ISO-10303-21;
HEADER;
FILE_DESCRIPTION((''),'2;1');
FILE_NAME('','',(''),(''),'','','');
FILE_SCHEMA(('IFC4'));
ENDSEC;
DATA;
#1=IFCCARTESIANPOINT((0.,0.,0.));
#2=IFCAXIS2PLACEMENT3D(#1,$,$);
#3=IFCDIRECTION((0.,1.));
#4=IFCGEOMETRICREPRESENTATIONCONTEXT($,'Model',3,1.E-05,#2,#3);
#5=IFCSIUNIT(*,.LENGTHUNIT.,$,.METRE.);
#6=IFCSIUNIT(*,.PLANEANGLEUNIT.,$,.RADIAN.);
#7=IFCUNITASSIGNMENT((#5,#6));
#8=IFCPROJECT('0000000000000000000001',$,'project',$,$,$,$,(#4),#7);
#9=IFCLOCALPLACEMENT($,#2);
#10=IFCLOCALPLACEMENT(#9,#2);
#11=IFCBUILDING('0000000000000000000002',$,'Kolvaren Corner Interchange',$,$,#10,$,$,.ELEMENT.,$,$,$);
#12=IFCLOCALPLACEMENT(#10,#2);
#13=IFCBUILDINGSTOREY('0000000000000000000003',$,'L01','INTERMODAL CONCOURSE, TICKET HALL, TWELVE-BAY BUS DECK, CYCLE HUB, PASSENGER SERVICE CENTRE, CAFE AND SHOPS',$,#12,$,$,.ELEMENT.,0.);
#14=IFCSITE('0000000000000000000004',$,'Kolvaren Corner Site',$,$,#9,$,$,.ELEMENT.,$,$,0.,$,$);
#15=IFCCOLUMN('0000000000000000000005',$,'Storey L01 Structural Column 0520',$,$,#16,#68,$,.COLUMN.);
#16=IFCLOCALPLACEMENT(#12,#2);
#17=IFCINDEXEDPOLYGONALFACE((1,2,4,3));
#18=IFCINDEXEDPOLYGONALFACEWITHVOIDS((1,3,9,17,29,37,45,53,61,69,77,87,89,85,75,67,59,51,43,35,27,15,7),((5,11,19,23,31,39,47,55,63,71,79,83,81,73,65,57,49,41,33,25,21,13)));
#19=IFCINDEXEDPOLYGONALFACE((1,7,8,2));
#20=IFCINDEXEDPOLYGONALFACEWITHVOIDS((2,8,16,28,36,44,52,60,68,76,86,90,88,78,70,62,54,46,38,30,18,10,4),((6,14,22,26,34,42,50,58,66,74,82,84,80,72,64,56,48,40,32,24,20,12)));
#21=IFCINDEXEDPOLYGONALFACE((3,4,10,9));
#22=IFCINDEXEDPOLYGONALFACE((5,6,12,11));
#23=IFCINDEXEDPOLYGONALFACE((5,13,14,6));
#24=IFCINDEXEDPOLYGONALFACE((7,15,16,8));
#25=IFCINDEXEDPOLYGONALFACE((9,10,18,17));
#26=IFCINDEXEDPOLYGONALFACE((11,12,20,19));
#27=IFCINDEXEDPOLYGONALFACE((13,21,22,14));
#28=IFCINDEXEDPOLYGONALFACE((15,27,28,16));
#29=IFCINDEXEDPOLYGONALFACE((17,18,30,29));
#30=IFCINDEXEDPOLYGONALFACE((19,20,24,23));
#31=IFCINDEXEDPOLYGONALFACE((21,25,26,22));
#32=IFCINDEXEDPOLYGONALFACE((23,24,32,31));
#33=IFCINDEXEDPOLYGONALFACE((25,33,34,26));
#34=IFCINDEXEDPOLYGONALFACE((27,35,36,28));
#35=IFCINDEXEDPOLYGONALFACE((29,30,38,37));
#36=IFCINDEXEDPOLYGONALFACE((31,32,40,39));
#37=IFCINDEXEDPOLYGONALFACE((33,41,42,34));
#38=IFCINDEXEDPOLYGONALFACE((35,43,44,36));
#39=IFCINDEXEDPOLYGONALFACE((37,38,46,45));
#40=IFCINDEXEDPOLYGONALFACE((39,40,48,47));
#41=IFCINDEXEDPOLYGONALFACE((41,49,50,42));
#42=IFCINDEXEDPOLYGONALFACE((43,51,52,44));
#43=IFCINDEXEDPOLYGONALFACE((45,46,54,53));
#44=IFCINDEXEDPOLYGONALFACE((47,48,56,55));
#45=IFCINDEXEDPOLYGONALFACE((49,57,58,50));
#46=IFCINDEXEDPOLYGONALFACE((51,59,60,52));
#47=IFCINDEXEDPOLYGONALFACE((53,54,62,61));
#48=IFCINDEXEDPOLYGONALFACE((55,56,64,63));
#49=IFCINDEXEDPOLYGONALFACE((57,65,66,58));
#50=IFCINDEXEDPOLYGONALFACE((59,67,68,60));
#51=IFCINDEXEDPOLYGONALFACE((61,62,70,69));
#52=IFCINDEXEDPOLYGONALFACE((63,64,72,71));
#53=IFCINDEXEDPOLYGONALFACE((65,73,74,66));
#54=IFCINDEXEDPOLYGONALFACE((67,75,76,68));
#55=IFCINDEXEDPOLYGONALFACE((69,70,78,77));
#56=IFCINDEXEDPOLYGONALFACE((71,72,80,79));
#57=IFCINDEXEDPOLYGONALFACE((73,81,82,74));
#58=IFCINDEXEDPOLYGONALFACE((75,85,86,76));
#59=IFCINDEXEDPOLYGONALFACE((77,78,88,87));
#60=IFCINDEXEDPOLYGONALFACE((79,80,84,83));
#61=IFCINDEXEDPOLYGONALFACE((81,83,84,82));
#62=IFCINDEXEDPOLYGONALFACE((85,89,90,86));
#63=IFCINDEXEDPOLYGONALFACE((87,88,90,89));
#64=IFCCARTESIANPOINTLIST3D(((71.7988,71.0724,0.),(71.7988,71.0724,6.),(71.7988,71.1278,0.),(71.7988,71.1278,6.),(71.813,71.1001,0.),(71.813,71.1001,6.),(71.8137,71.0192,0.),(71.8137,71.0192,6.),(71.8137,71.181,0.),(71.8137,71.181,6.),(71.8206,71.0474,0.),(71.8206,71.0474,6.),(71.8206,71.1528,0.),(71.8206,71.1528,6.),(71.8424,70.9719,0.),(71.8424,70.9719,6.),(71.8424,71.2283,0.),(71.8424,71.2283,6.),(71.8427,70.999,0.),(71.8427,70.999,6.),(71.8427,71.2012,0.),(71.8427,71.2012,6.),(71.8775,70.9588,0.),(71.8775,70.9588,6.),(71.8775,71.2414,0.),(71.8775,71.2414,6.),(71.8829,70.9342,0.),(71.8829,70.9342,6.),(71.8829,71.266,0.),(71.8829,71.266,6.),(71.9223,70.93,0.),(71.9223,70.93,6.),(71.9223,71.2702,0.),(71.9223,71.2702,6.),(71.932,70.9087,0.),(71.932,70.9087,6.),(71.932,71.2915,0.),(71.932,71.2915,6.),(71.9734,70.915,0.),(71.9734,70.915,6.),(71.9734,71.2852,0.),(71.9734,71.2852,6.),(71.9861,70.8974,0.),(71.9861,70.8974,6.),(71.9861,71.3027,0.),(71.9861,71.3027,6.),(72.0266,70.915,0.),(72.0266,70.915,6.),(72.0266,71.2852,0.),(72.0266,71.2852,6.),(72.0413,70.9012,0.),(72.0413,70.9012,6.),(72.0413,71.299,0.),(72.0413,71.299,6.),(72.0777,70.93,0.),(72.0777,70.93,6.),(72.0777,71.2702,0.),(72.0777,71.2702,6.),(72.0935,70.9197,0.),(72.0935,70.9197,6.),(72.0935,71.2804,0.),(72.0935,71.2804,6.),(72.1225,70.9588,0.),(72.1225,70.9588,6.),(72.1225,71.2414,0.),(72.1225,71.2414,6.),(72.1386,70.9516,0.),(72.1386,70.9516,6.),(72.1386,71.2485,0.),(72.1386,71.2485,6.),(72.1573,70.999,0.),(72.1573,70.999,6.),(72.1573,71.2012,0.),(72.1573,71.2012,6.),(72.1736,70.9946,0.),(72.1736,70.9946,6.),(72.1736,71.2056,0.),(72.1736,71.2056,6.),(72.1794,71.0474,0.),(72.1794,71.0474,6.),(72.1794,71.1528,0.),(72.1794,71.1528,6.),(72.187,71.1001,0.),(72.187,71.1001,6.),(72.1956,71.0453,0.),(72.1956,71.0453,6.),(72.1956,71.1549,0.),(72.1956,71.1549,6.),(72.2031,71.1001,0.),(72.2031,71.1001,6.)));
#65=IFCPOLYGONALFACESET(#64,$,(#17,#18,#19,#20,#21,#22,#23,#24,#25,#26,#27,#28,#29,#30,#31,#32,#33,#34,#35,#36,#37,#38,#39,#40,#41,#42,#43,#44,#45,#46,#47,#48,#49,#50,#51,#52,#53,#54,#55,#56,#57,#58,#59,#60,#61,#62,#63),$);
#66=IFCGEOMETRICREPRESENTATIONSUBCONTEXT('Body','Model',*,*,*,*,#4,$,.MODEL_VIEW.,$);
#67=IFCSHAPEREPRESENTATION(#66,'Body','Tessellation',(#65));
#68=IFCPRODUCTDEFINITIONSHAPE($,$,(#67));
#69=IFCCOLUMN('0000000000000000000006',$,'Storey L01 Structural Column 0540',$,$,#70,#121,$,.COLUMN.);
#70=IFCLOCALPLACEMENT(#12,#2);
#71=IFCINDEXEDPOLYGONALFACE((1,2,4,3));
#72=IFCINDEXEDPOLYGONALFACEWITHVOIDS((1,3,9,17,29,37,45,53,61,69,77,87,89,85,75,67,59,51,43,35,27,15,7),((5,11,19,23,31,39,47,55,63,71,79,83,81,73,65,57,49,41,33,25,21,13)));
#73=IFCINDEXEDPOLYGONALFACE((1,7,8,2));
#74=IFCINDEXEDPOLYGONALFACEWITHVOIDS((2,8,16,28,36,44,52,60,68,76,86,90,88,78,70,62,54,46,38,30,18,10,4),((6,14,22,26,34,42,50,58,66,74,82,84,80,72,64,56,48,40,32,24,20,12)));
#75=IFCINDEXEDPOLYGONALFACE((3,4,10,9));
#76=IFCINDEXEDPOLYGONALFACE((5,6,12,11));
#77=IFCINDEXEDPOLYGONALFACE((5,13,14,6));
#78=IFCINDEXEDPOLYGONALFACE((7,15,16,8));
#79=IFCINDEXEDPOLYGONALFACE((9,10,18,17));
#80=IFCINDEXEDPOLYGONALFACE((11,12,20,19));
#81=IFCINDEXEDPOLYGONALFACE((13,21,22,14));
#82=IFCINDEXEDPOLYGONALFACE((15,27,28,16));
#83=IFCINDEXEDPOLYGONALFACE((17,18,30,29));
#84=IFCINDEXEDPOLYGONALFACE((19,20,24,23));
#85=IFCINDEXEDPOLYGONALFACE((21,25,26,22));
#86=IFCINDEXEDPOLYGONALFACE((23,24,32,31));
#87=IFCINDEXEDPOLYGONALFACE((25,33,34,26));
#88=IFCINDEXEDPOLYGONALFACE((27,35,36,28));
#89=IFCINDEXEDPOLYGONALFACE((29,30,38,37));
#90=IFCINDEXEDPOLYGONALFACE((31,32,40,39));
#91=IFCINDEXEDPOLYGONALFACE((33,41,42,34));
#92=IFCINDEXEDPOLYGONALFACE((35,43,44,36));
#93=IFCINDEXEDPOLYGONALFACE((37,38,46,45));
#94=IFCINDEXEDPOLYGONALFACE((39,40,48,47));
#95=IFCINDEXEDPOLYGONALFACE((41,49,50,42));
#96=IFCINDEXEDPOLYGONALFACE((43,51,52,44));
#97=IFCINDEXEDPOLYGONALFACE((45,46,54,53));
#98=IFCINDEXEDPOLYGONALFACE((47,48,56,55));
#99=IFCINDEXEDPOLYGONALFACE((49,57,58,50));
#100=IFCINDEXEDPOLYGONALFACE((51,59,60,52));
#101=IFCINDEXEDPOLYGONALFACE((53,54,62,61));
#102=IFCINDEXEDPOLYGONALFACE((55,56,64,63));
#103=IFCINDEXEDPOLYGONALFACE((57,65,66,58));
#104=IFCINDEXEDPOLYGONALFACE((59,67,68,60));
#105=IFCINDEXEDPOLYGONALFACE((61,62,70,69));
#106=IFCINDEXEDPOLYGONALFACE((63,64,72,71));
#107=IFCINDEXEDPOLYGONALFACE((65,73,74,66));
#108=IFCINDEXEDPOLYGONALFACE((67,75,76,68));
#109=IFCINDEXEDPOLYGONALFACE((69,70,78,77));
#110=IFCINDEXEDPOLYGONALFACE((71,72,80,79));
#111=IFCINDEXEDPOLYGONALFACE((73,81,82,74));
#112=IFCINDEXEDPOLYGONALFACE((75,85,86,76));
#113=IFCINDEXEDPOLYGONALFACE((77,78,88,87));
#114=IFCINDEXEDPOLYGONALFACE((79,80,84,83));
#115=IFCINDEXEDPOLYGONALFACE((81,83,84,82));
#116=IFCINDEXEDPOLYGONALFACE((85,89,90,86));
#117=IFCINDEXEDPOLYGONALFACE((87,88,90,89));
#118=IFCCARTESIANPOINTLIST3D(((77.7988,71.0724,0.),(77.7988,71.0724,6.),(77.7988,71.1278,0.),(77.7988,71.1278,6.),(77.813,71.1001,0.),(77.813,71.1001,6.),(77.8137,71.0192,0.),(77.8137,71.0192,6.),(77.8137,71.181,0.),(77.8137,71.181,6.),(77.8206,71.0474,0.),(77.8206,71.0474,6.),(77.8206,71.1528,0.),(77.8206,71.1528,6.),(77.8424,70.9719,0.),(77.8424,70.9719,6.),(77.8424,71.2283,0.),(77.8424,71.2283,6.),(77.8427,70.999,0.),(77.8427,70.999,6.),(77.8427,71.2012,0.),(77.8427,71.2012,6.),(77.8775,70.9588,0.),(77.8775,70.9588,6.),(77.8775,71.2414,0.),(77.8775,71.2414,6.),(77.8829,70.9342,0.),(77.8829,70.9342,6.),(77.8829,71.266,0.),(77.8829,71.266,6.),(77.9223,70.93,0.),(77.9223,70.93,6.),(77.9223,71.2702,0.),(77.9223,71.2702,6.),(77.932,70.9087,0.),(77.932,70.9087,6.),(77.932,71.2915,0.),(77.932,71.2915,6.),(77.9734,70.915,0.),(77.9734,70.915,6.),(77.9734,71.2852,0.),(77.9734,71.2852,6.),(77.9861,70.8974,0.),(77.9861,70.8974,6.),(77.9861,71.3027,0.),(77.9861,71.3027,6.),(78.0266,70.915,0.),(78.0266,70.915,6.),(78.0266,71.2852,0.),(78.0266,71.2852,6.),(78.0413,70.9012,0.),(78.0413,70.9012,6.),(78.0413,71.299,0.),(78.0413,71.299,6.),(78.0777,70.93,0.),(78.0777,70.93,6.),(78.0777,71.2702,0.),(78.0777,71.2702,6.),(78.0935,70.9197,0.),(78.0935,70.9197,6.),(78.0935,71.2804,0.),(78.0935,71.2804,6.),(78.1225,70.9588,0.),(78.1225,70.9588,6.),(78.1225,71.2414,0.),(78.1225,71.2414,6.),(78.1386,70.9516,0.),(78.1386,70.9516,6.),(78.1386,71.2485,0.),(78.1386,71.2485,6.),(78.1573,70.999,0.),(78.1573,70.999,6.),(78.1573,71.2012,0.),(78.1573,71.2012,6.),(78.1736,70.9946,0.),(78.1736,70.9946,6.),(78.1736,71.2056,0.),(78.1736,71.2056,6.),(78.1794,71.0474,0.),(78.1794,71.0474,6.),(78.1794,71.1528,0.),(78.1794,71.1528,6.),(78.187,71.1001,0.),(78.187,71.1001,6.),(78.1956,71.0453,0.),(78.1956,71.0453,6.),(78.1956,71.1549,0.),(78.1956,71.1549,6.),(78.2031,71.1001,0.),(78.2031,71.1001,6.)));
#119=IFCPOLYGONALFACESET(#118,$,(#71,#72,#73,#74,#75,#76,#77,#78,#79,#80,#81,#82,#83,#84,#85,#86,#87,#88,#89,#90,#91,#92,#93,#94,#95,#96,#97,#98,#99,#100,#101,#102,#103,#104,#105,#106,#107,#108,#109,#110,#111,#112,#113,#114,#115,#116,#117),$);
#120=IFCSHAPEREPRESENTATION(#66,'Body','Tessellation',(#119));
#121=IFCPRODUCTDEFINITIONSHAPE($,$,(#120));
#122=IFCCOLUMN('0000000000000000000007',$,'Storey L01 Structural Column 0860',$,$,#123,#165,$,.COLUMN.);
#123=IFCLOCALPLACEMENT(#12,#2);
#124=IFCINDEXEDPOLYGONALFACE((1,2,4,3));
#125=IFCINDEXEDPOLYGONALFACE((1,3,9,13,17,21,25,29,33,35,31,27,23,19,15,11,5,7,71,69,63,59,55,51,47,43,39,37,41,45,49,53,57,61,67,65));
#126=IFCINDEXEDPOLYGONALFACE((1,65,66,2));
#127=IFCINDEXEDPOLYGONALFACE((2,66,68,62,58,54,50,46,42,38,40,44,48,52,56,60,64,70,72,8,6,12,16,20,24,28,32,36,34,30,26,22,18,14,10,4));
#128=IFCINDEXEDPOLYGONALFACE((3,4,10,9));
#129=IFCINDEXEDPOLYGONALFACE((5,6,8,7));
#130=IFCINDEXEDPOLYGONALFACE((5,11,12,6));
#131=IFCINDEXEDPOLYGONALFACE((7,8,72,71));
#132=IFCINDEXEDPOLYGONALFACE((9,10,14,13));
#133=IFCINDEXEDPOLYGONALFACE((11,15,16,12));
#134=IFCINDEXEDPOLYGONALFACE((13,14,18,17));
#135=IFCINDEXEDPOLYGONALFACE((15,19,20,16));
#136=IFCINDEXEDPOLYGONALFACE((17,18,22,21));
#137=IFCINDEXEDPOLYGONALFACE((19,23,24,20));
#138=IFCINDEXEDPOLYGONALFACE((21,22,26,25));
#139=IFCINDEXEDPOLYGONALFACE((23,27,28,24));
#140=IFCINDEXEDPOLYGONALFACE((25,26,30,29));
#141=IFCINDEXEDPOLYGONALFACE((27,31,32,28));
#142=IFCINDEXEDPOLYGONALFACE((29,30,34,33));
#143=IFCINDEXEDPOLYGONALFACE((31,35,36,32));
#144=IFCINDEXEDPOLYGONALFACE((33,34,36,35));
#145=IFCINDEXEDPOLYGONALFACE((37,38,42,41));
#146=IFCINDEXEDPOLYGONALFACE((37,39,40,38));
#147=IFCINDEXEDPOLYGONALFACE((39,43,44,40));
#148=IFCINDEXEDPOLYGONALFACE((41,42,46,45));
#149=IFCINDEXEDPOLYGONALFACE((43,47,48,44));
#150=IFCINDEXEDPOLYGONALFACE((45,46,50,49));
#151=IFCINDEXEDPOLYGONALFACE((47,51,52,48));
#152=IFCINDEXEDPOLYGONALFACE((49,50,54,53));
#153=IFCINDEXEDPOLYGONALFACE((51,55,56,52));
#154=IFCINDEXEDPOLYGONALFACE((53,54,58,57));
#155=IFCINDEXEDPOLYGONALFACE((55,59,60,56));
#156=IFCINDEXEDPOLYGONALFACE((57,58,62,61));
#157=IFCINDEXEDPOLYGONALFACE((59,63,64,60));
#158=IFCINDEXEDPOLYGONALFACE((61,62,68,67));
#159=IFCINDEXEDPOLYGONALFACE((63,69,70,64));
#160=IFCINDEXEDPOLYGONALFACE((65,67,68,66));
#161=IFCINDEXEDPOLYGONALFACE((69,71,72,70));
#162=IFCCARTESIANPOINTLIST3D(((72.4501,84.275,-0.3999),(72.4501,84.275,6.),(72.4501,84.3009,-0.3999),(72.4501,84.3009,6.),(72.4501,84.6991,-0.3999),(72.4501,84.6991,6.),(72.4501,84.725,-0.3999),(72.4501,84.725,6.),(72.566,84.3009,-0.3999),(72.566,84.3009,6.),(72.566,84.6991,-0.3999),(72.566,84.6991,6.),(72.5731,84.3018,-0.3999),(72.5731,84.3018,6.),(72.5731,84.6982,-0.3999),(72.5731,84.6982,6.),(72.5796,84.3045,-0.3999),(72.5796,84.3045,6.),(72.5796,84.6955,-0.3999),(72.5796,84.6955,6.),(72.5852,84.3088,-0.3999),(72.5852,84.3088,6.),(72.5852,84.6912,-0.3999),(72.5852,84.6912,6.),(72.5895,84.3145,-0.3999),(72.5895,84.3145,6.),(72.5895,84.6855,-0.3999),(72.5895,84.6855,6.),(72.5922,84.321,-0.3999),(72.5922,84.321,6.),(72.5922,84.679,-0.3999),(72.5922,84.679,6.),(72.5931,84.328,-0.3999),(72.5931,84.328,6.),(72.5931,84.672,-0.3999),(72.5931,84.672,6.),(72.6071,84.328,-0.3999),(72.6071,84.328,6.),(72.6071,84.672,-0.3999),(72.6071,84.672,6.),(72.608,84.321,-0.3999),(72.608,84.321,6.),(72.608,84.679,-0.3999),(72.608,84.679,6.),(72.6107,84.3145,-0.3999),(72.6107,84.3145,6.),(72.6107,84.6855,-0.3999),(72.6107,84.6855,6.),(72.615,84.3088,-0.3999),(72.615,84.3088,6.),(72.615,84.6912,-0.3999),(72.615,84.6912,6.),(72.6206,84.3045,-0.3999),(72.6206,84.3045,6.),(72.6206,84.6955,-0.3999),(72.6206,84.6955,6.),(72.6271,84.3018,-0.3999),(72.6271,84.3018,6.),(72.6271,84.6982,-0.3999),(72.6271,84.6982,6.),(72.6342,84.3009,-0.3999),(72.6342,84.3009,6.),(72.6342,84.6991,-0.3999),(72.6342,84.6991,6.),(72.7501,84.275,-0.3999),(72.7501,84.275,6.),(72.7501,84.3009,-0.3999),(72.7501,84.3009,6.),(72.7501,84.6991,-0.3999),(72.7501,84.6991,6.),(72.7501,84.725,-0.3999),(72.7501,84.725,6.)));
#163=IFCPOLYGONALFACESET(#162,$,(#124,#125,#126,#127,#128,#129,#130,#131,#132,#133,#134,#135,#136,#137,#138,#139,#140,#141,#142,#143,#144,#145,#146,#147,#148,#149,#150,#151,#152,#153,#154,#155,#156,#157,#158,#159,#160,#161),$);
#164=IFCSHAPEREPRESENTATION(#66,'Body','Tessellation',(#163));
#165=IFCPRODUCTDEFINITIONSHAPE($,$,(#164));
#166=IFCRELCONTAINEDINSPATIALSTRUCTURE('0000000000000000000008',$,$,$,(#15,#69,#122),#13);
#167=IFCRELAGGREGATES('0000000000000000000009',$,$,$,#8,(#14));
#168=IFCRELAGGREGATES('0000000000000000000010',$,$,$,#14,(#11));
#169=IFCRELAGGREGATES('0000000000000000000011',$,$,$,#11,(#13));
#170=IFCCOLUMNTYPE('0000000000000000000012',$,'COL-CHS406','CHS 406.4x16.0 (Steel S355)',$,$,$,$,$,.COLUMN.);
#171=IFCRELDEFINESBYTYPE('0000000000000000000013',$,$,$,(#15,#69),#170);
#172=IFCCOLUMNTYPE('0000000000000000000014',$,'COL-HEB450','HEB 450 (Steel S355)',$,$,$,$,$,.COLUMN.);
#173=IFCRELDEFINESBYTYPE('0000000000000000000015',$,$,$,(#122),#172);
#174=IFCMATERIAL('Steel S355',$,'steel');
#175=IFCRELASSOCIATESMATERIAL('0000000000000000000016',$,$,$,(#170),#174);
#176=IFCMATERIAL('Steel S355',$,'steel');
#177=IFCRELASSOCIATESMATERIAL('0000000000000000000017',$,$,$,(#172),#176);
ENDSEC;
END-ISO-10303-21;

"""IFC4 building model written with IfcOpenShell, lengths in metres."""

from ifc_helpers import new_model, si_unit, direction, frame, origin, origin_2d, place, context, subcontext, project, spatial, hollow_circle, i_section, extrude, material, material_profile, profile_set, type_object, element, save


model = new_model("IFC4")

# Units and contexts
model_context = context("Model", 3, precision=1e-05, world=origin(), true_north=direction((0.0, 1.0)))
body_context = subcontext(model_context, "Body", "Model", "MODEL_VIEW")
ifc_project = project(units=[si_unit("LENGTHUNIT", "METRE"), si_unit("PLANEANGLEUNIT", "RADIAN")], contexts=[model_context])

# Site, building, storey
site_placement = place(None, origin())
site = spatial("IfcSite", under=ifc_project, at=site_placement, Name="Kolvaren Corner Site", CompositionType="ELEMENT", RefElevation=0.0)
building_placement = place(site_placement, origin())
building = spatial("IfcBuilding", under=site, at=building_placement, Name="Kolvaren Corner Interchange", CompositionType="ELEMENT")
storey_placement = place(building_placement, origin())
storey = spatial("IfcBuildingStorey", under=building, at=storey_placement, Name="L01", Description="INTERMODAL CONCOURSE, TICKET HALL, TWELVE-BAY BUS DECK, CYCLE HUB, PASSENGER SERVICE CENTRE, CAFE AND SHOPS", CompositionType="ELEMENT", Elevation=0.0)

# Columns
ifc_material_1 = material(Name="Steel S355", Category="steel")
ifc_material_profile_1 = material_profile(ifc_material_1, hollow_circle(Radius=0.2031, WallThickness=0.0161, at=origin_2d()), Name="CHS 406.4x16.0")
ifc_profile_set_1 = profile_set([ifc_material_profile_1], Name="Steel S355")
column_type_1 = type_object("IfcColumnType", Name="COL-CHS406", Description="CHS 406.4x16.0 (Steel S355)", PredefinedType="COLUMN", material=ifc_profile_set_1)
for number, where, z_axis, x_axis, name in (
    (1, (72.0, 71.1001, 0.0), (0.0, 0.0, 1.0), (1.0, 0.0, 0.0), "Storey L01 Structural Column 0520"),
    (2, (78.0, 71.1001, 0.0), (0.0, 0.0, 1.0), (1.0, 0.0, 0.0), "Storey L01 Structural Column 0540"),
):
    element("IfcColumn", number, at=place(storey_placement, frame(where, z_axis=z_axis, x_axis=x_axis)), inside=storey, type_object=column_type_1, Name=name, PredefinedType="COLUMN", context=body_context, shape_type="SweptSolid", body=[
        extrude(hollow_circle(Radius=0.2031, WallThickness=0.0161, at=origin_2d()), origin(), (0.0, 0.0, 1.0), 6.0),
    ])
ifc_material_2 = material(Name="Steel S355", Category="steel")
ifc_material_profile_2 = material_profile(ifc_material_2, i_section(OverallWidth=0.3, OverallDepth=0.45, WebThickness=0.0139, FlangeThickness=0.0259, FilletRadius=0.0271, at=origin_2d()), Name="HEB 450")
ifc_profile_set_2 = profile_set([ifc_material_profile_2], Name="Steel S355")
column_type_2 = type_object("IfcColumnType", Name="COL-HEB450", Description="HEB 450 (Steel S355)", PredefinedType="COLUMN", material=ifc_profile_set_2)
for number, where, z_axis, x_axis, name in (
    (3, (72.6001, 84.5, -0.3999), (0.0, 0.0, 1.0), (1.0, 0.0, 0.0), "Storey L01 Structural Column 0860"),
):
    element("IfcColumn", number, at=place(storey_placement, frame(where, z_axis=z_axis, x_axis=x_axis)), inside=storey, type_object=column_type_2, Name=name, PredefinedType="COLUMN", context=body_context, shape_type="SweptSolid", body=[
        extrude(i_section(OverallWidth=0.3, OverallDepth=0.45, WebThickness=0.0139, FlangeThickness=0.0259, FilletRadius=0.0271, at=origin_2d()), origin(), (0.0, 0.0, 1.0), 6.3999),
    ])

save(model, "model.ifc")
